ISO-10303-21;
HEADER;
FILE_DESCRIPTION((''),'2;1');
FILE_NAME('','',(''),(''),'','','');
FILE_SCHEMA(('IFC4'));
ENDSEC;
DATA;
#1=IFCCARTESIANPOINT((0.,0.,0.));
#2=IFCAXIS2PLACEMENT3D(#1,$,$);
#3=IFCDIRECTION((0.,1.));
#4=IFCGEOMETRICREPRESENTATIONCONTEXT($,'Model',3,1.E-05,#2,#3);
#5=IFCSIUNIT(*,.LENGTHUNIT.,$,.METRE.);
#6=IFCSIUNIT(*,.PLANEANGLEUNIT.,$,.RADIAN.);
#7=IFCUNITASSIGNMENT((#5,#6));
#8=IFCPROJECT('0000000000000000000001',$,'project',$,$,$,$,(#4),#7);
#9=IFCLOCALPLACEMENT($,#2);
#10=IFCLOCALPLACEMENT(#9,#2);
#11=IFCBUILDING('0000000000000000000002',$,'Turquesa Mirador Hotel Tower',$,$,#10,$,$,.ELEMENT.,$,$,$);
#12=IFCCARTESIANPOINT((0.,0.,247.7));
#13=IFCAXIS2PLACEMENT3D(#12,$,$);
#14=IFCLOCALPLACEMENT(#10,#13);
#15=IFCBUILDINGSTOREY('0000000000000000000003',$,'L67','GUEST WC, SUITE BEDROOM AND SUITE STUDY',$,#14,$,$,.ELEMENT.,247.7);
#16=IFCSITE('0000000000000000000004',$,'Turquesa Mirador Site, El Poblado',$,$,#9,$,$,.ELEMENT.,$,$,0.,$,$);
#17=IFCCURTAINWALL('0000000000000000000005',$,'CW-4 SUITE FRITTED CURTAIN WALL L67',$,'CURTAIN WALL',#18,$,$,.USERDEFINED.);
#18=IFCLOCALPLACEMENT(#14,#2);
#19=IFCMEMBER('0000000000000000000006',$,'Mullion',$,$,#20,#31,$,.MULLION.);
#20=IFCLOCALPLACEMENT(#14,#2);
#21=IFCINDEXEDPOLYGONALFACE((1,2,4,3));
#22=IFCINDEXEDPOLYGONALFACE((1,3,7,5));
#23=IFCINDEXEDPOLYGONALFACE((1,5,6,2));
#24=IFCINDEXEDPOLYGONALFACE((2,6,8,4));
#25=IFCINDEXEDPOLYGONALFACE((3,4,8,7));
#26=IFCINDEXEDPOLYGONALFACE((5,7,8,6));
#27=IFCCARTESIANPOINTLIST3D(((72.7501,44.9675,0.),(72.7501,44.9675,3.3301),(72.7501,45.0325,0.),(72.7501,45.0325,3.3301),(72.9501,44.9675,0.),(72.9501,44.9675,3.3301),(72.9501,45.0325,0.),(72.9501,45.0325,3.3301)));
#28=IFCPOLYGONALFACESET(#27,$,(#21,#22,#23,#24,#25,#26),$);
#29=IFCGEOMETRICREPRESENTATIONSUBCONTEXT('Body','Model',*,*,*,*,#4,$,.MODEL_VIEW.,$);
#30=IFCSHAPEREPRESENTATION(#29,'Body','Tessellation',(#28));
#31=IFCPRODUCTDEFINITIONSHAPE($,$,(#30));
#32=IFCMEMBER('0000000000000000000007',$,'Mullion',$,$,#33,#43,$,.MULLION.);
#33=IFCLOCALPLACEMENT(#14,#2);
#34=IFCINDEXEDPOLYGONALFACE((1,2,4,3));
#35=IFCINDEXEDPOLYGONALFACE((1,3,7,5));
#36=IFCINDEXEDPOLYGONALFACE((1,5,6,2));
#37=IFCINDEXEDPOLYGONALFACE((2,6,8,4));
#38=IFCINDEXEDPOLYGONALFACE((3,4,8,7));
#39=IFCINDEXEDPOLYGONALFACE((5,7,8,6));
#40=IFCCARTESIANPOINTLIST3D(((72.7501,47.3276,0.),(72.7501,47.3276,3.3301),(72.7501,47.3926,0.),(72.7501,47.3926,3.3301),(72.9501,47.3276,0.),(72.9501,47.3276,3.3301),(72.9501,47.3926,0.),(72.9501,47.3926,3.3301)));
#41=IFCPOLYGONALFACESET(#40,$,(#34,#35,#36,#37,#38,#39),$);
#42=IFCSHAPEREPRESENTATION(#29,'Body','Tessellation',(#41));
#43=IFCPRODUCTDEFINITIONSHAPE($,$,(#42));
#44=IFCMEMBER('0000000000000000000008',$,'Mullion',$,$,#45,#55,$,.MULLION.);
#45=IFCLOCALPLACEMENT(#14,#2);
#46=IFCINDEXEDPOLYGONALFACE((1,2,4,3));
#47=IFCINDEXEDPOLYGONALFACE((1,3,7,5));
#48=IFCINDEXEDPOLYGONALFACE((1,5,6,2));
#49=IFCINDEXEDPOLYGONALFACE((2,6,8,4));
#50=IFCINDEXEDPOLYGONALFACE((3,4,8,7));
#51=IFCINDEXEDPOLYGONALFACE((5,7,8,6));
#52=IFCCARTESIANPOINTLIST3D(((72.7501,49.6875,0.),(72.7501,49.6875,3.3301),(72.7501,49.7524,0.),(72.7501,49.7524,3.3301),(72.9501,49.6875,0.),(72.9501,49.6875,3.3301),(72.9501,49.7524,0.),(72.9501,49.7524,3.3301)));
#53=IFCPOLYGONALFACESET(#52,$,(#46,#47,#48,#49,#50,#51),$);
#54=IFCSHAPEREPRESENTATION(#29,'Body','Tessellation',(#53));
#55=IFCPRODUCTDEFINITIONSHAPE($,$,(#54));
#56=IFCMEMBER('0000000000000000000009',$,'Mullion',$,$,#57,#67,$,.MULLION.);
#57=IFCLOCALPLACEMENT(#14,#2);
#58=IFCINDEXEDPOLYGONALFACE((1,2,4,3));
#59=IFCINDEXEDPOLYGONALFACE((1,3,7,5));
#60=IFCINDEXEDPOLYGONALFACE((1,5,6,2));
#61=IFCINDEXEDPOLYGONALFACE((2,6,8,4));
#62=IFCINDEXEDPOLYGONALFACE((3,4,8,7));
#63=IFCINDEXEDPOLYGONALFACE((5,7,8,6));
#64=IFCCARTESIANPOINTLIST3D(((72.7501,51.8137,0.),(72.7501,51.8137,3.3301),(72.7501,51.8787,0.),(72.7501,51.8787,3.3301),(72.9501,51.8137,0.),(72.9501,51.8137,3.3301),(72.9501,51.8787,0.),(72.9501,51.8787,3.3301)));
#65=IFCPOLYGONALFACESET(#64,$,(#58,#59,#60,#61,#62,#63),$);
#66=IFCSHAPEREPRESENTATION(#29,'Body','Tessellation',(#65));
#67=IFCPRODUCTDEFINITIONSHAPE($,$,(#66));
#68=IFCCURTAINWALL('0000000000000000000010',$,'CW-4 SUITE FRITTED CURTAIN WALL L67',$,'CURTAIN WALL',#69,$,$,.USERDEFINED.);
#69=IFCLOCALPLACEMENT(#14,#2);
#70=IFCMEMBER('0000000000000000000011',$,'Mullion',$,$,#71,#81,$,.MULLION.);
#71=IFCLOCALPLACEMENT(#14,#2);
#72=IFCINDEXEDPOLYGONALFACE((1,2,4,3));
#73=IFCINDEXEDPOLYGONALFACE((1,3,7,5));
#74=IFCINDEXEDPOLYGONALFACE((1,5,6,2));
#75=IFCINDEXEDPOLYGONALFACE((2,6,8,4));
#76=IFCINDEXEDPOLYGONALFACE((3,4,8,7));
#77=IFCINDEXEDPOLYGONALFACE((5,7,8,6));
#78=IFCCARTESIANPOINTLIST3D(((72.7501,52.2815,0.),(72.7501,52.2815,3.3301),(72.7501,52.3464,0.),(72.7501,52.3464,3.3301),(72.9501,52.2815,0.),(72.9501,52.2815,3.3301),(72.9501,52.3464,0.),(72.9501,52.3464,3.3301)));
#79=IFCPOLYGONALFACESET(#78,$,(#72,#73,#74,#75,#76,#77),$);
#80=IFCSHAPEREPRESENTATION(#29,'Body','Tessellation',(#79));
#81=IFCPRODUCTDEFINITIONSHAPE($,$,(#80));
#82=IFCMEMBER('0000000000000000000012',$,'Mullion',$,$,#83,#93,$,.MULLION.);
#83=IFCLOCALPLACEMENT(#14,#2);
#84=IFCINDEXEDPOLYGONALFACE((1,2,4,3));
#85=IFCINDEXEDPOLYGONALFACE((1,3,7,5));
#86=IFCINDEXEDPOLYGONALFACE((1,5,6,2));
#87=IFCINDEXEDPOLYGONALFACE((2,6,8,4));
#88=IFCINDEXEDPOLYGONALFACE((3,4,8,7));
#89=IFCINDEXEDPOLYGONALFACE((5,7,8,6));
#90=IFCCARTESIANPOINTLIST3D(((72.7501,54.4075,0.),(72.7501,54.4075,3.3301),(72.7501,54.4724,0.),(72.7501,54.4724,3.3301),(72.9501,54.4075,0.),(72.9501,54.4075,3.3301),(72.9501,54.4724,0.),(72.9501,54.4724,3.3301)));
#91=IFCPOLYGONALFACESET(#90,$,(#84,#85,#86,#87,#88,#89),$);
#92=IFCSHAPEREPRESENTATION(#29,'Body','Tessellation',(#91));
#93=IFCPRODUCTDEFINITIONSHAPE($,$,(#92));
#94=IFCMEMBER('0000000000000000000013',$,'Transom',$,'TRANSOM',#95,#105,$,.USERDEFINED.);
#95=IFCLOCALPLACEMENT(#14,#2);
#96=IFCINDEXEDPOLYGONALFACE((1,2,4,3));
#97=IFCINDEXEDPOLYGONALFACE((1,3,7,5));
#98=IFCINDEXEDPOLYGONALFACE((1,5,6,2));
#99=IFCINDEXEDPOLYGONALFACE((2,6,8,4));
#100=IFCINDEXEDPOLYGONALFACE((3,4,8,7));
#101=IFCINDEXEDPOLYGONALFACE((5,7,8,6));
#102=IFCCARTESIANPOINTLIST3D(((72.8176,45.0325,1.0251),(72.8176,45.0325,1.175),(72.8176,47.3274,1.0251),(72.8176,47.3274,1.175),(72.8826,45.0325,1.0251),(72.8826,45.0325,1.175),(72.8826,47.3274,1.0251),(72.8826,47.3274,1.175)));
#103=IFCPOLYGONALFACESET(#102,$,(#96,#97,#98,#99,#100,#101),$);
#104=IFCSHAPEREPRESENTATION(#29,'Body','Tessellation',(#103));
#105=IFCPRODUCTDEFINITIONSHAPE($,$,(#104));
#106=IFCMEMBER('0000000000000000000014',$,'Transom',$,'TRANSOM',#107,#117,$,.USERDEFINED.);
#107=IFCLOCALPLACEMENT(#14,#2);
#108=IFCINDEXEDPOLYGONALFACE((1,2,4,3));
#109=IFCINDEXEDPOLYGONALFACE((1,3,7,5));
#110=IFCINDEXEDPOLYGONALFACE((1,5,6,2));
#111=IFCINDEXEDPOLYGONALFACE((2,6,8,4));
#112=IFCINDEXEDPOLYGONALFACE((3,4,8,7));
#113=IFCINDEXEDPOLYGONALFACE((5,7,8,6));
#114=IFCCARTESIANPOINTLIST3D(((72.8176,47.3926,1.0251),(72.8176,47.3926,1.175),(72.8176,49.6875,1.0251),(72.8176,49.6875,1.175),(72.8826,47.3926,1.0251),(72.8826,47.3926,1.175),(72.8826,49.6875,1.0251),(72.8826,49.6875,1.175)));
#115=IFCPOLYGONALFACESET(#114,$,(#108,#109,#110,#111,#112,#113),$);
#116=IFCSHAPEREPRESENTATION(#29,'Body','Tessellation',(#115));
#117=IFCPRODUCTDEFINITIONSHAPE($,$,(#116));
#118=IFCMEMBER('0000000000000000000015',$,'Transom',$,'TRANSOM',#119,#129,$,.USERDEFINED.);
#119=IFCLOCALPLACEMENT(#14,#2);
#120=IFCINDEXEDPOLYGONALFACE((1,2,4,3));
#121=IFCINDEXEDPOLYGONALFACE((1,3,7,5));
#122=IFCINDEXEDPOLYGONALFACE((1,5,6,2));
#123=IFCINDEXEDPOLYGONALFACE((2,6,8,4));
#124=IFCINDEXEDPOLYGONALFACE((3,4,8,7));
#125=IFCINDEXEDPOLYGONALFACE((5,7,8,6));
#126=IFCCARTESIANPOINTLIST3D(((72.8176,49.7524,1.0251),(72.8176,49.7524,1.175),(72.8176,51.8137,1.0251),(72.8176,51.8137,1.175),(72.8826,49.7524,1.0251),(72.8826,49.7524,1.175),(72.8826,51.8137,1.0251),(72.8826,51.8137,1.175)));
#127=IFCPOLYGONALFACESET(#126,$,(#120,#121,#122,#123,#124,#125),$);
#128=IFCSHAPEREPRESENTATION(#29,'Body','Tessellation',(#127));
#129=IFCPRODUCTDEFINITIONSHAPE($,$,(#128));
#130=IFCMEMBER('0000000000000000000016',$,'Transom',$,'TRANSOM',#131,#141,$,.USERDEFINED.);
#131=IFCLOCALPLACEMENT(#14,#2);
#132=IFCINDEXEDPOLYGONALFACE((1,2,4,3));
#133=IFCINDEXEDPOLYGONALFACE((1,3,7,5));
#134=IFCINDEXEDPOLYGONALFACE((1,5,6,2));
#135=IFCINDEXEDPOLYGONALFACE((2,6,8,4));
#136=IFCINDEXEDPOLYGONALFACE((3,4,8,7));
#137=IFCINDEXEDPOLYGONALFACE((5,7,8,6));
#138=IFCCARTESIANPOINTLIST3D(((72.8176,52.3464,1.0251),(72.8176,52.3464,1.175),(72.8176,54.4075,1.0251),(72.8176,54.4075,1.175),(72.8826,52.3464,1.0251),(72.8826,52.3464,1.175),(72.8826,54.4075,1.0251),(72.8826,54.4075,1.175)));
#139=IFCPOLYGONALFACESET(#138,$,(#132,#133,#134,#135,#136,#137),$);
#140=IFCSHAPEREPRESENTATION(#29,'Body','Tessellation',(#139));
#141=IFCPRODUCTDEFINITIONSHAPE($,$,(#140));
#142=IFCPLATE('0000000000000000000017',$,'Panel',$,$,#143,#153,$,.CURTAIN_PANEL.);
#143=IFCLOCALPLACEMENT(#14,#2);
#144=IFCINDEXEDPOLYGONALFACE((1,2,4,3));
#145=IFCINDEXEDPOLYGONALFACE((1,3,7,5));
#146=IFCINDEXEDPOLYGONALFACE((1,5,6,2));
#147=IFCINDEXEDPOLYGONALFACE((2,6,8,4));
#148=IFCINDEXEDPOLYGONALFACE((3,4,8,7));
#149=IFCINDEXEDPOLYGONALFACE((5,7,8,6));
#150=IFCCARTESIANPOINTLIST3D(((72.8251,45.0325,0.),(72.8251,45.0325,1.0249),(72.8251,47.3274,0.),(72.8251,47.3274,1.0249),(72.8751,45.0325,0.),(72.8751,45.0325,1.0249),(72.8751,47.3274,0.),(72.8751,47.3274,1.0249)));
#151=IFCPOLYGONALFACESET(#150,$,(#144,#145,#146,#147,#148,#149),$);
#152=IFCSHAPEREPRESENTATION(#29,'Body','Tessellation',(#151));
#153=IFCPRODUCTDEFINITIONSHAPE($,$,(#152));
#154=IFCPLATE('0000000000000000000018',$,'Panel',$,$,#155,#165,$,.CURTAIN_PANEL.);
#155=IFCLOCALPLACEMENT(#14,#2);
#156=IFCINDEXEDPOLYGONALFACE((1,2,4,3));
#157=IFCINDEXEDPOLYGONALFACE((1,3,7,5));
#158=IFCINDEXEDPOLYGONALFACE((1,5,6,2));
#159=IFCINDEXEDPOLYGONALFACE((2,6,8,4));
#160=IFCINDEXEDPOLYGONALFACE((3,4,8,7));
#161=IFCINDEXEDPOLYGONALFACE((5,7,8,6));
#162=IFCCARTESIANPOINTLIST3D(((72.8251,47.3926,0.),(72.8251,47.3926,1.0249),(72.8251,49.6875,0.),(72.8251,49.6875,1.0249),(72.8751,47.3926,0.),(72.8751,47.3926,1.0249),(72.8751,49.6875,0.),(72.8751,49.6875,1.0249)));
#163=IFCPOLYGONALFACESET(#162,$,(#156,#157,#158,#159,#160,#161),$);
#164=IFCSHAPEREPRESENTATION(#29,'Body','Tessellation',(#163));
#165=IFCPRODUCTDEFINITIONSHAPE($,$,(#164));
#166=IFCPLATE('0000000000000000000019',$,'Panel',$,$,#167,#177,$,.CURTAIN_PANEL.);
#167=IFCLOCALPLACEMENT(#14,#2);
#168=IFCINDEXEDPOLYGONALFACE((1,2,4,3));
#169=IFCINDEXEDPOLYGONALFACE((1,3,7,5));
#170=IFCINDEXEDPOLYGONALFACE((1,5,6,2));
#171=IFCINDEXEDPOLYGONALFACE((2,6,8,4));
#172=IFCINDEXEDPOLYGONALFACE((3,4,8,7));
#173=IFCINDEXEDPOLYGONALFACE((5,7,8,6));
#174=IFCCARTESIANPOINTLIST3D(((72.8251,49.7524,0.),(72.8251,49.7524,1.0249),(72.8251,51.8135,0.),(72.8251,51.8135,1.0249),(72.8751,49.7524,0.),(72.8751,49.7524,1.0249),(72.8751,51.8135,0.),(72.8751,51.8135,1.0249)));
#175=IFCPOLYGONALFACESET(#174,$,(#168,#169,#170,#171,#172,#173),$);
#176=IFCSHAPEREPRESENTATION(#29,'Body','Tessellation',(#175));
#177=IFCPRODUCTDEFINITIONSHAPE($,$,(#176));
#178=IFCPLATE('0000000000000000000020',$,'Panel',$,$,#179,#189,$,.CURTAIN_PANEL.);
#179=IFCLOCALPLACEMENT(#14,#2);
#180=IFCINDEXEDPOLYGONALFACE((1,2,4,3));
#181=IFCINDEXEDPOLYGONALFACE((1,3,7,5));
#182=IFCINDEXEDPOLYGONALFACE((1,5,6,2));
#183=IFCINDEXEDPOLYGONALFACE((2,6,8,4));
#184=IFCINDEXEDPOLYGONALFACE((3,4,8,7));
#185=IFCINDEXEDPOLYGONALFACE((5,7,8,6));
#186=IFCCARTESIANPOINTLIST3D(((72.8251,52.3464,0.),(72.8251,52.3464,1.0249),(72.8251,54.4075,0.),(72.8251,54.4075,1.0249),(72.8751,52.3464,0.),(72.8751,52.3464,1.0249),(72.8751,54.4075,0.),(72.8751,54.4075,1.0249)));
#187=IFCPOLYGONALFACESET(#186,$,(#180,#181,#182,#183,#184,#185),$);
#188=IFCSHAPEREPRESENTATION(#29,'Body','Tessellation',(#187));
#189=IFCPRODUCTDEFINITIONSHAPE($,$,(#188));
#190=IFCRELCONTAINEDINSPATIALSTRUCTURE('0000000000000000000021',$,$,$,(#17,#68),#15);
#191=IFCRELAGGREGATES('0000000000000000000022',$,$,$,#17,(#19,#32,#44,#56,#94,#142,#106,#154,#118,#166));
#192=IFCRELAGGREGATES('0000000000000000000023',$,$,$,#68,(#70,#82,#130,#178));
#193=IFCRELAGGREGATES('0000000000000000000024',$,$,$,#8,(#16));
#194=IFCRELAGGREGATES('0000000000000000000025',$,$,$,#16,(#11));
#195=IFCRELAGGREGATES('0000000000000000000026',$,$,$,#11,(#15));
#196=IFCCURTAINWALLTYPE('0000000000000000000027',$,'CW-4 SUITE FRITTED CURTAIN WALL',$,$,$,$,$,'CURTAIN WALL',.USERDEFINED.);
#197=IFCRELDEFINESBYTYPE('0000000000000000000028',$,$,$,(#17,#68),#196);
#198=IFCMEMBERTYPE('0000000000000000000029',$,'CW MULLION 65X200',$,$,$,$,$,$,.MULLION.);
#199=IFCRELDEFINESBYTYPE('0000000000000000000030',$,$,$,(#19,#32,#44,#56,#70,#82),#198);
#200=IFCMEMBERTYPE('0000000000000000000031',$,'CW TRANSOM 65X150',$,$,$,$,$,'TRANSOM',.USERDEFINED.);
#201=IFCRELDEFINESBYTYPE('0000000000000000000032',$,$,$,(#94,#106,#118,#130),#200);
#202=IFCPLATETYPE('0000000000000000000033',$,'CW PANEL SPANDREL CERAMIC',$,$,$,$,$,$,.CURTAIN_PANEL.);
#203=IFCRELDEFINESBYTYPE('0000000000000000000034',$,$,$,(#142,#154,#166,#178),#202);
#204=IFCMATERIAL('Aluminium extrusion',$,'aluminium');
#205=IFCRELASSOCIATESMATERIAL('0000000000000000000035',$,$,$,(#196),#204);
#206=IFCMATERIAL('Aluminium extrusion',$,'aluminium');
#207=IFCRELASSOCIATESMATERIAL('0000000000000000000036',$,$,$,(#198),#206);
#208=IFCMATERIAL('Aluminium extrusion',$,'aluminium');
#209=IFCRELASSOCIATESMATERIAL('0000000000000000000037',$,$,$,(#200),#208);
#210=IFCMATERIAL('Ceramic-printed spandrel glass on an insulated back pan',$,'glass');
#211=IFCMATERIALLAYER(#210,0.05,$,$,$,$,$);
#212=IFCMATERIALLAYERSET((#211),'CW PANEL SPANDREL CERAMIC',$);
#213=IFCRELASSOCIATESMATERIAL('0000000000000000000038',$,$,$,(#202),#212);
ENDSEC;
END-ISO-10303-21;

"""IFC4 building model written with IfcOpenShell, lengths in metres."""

from ifc_helpers import new_model, si_unit, direction, frame, origin, origin_2d, place, context, subcontext, project, spatial, rectangle, extrude, material, layer, layer_set, material_profile, profile_set, type_object, element, aggregate, save


model = new_model("IFC4")

# Units and contexts
model_context = context("Model", 3, precision=1e-05, world=origin(), true_north=direction((0.0, 1.0)))
body_context = subcontext(model_context, "Body", "Model", "MODEL_VIEW")
ifc_project = project(units=[si_unit("LENGTHUNIT", "METRE"), si_unit("PLANEANGLEUNIT", "RADIAN")], contexts=[model_context])

# Site, building, storey
site_placement = place(None, origin())
site = spatial("IfcSite", under=ifc_project, at=site_placement, Name="Turquesa Mirador Site, El Poblado", CompositionType="ELEMENT", RefElevation=0.0)
building_placement = place(site_placement, origin())
building = spatial("IfcBuilding", under=site, at=building_placement, Name="Turquesa Mirador Hotel Tower", CompositionType="ELEMENT")
storey_placement = place(building_placement, frame((0.0, 0.0, 247.7)))
storey = spatial("IfcBuildingStorey", under=building, at=storey_placement, Name="L67", Description="GUEST WC, SUITE BEDROOM AND SUITE STUDY", CompositionType="ELEMENT", Elevation=247.7)

# Curtain walls, members
ifc_material_1 = material(Name="Aluminium extrusion", Category="aluminium")
curtain_wall_type = type_object("IfcCurtainWallType", Name="CW-4 SUITE FRITTED CURTAIN WALL", ElementType="CURTAIN WALL", PredefinedType="USERDEFINED", material=ifc_material_1)
curtain_wall_1_placement = place(storey_placement, origin())
curtain_wall_1 = element("IfcCurtainWall", 1, at=curtain_wall_1_placement, inside=storey, type_object=curtain_wall_type, Name="CW-4 SUITE FRITTED CURTAIN WALL L67", ObjectType="CURTAIN WALL", PredefinedType="USERDEFINED")
ifc_material_2 = material(Name="Aluminium extrusion", Category="aluminium")
ifc_material_profile_1 = material_profile(ifc_material_2, rectangle(XDim=0.0649, YDim=0.2, at=origin_2d()), Name="MULLION 65X200")
ifc_profile_set_1 = profile_set([ifc_material_profile_1], Name="Aluminium extrusion")
member_type_1 = type_object("IfcMemberType", Name="CW MULLION 65X200", PredefinedType="MULLION", material=ifc_profile_set_1)
member_1_placement = place(storey_placement, frame((72.8501, 45.0, 0.0), z_axis=(0.0, 0.0, 1.0), x_axis=(0.0, 1.0, 0.0)))
member_1 = element("IfcMember", 2, at=member_1_placement, type_object=member_type_1, Name="Mullion", PredefinedType="MULLION", context=body_context, shape_type="SweptSolid", body=[
    extrude(rectangle(XDim=0.0649, YDim=0.2, at=origin_2d()), origin(), (0.0, 0.0, 1.0), 3.3301),
])
member_2_placement = place(storey_placement, frame((72.8501, 47.3601, 0.0), z_axis=(0.0, 0.0, 1.0), x_axis=(0.0, 1.0, 0.0)))
member_2 = element("IfcMember", 3, at=member_2_placement, type_object=member_type_1, Name="Mullion", PredefinedType="MULLION", context=body_context, shape_type="SweptSolid", body=[
    extrude(rectangle(XDim=0.0649, YDim=0.2, at=origin_2d()), origin(), (0.0, 0.0, 1.0), 3.3301),
])
member_3_placement = place(storey_placement, frame((72.8501, 49.72, 0.0), z_axis=(0.0, 0.0, 1.0), x_axis=(0.0, 1.0, 0.0)))
member_3 = element("IfcMember", 4, at=member_3_placement, type_object=member_type_1, Name="Mullion", PredefinedType="MULLION", context=body_context, shape_type="SweptSolid", body=[
    extrude(rectangle(XDim=0.0649, YDim=0.2, at=origin_2d()), origin(), (0.0, 0.0, 1.0), 3.3301),
])
member_4_placement = place(storey_placement, frame((72.8501, 51.8462, 0.0), z_axis=(0.0, 0.0, 1.0), x_axis=(0.0, 1.0, 0.0)))
member_4 = element("IfcMember", 5, at=member_4_placement, type_object=member_type_1, Name="Mullion", PredefinedType="MULLION", context=body_context, shape_type="SweptSolid", body=[
    extrude(rectangle(XDim=0.0649, YDim=0.2, at=origin_2d()), origin(), (0.0, 0.0, 1.0), 3.3301),
])
curtain_wall_2_placement = place(storey_placement, origin())
curtain_wall_2 = element("IfcCurtainWall", 6, at=curtain_wall_2_placement, inside=storey, type_object=curtain_wall_type, Name="CW-4 SUITE FRITTED CURTAIN WALL L67", ObjectType="CURTAIN WALL", PredefinedType="USERDEFINED")
member_5_placement = place(storey_placement, frame((72.8501, 52.314, 0.0), z_axis=(0.0, 0.0, 1.0), x_axis=(0.0, 1.0, 0.0)))
member_5 = element("IfcMember", 7, at=member_5_placement, type_object=member_type_1, Name="Mullion", PredefinedType="MULLION", context=body_context, shape_type="SweptSolid", body=[
    extrude(rectangle(XDim=0.0649, YDim=0.2, at=origin_2d()), origin(), (0.0, 0.0, 1.0), 3.3301),
])
member_6_placement = place(storey_placement, frame((72.8501, 54.4399, 0.0), z_axis=(0.0, 0.0, 1.0), x_axis=(0.0, 1.0, 0.0)))
member_6 = element("IfcMember", 8, at=member_6_placement, type_object=member_type_1, Name="Mullion", PredefinedType="MULLION", context=body_context, shape_type="SweptSolid", body=[
    extrude(rectangle(XDim=0.0649, YDim=0.2, at=origin_2d()), origin(), (0.0, 0.0, 1.0), 3.3301),
])

# Members
ifc_material_3 = material(Name="Aluminium extrusion", Category="aluminium")
ifc_material_profile_2 = material_profile(ifc_material_3, rectangle(XDim=0.0649, YDim=0.1499, at=origin_2d()), Name="TRANSOM 65X150")
ifc_profile_set_2 = profile_set([ifc_material_profile_2], Name="Aluminium extrusion")
member_type_2 = type_object("IfcMemberType", Name="CW TRANSOM 65X150", ElementType="TRANSOM", PredefinedType="USERDEFINED", material=ifc_profile_set_2)
member_7_placement = place(storey_placement, frame((72.8501, 45.0325, 1.1001), z_axis=(0.0, 1.0, 0.0), x_axis=(-1.0, 0.0, 0.0)))
member_7 = element("IfcMember", 9, at=member_7_placement, type_object=member_type_2, Name="Transom", ObjectType="TRANSOM", PredefinedType="USERDEFINED", context=body_context, shape_type="SweptSolid", body=[
    extrude(rectangle(XDim=0.0649, YDim=0.1499, at=origin_2d()), origin(), (0.0, 0.0, 1.0), 2.2949),
])
member_8_placement = place(storey_placement, frame((72.8501, 47.3926, 1.1001), z_axis=(0.0, 1.0, 0.0), x_axis=(-1.0, 0.0, 0.0)))
member_8 = element("IfcMember", 10, at=member_8_placement, type_object=member_type_2, Name="Transom", ObjectType="TRANSOM", PredefinedType="USERDEFINED", context=body_context, shape_type="SweptSolid", body=[
    extrude(rectangle(XDim=0.0649, YDim=0.1499, at=origin_2d()), origin(), (0.0, 0.0, 1.0), 2.2949),
])
member_9_placement = place(storey_placement, frame((72.8501, 49.7524, 1.1001), z_axis=(0.0, 1.0, 0.0), x_axis=(-1.0, 0.0, 0.0)))
member_9 = element("IfcMember", 11, at=member_9_placement, type_object=member_type_2, Name="Transom", ObjectType="TRANSOM", PredefinedType="USERDEFINED", context=body_context, shape_type="SweptSolid", body=[
    extrude(rectangle(XDim=0.0649, YDim=0.1499, at=origin_2d()), origin(), (0.0, 0.0, 1.0), 2.0613),
])
member_10_placement = place(storey_placement, frame((72.8501, 52.3464, 1.1001), z_axis=(0.0, 1.0, 0.0), x_axis=(-1.0, 0.0, 0.0)))
member_10 = element("IfcMember", 12, at=member_10_placement, type_object=member_type_2, Name="Transom", ObjectType="TRANSOM", PredefinedType="USERDEFINED", context=body_context, shape_type="SweptSolid", body=[
    extrude(rectangle(XDim=0.0649, YDim=0.1499, at=origin_2d()), origin(), (0.0, 0.0, 1.0), 2.061),
])

# Plates
ifc_material_4 = material(Name="Ceramic-printed spandrel glass on an insulated back pan", Category="glass")
ifc_layer_1 = layer(ifc_material_4, 0.05)
ifc_layer_set_1 = layer_set([ifc_layer_1], Name="CW PANEL SPANDREL CERAMIC")
plate_type_1 = type_object("IfcPlateType", Name="CW PANEL SPANDREL CERAMIC", PredefinedType="CURTAIN_PANEL", material=ifc_layer_set_1)
plate_1_placement = place(storey_placement, frame((72.8501, 46.1799, 0.0), z_axis=(0.0, 0.0, 1.0), x_axis=(0.0, 1.0, 0.0)))
plate_1 = element("IfcPlate", 13, at=plate_1_placement, type_object=plate_type_1, Name="Panel", PredefinedType="CURTAIN_PANEL", context=body_context, shape_type="SweptSolid", body=[
    extrude(rectangle(XDim=2.2949, YDim=0.05, at=origin_2d()), origin(), (0.0, 0.0, 1.0), 1.0249),
])
plate_2_placement = place(storey_placement, frame((72.8501, 48.54, 0.0), z_axis=(0.0, 0.0, 1.0), x_axis=(0.0, 1.0, 0.0)))
plate_2 = element("IfcPlate", 14, at=plate_2_placement, type_object=plate_type_1, Name="Panel", PredefinedType="CURTAIN_PANEL", context=body_context, shape_type="SweptSolid", body=[
    extrude(rectangle(XDim=2.2949, YDim=0.05, at=origin_2d()), origin(), (0.0, 0.0, 1.0), 1.0249),
])
plate_3_placement = place(storey_placement, frame((72.8501, 50.783, 0.0), z_axis=(0.0, 0.0, 1.0), x_axis=(0.0, 1.0, 0.0)))
plate_3 = element("IfcPlate", 15, at=plate_3_placement, type_object=plate_type_1, Name="Panel", PredefinedType="CURTAIN_PANEL", context=body_context, shape_type="SweptSolid", body=[
    extrude(rectangle(XDim=2.061, YDim=0.05, at=origin_2d()), origin(), (0.0, 0.0, 1.0), 1.0249),
])
plate_4_placement = place(storey_placement, frame((72.8501, 53.377, 0.0), z_axis=(0.0, 0.0, 1.0), x_axis=(0.0, 1.0, 0.0)))
plate_4 = element("IfcPlate", 16, at=plate_4_placement, type_object=plate_type_1, Name="Panel", PredefinedType="CURTAIN_PANEL", context=body_context, shape_type="SweptSolid", body=[
    extrude(rectangle(XDim=2.061, YDim=0.05, at=origin_2d()), origin(), (0.0, 0.0, 1.0), 1.0249),
])
aggregate(curtain_wall_1, [member_1, member_2, member_3, member_4, member_7, plate_1, member_8, plate_2, member_9, plate_3])
aggregate(curtain_wall_2, [member_5, member_6, member_10, plate_4])

save(model, "model.ifc")
